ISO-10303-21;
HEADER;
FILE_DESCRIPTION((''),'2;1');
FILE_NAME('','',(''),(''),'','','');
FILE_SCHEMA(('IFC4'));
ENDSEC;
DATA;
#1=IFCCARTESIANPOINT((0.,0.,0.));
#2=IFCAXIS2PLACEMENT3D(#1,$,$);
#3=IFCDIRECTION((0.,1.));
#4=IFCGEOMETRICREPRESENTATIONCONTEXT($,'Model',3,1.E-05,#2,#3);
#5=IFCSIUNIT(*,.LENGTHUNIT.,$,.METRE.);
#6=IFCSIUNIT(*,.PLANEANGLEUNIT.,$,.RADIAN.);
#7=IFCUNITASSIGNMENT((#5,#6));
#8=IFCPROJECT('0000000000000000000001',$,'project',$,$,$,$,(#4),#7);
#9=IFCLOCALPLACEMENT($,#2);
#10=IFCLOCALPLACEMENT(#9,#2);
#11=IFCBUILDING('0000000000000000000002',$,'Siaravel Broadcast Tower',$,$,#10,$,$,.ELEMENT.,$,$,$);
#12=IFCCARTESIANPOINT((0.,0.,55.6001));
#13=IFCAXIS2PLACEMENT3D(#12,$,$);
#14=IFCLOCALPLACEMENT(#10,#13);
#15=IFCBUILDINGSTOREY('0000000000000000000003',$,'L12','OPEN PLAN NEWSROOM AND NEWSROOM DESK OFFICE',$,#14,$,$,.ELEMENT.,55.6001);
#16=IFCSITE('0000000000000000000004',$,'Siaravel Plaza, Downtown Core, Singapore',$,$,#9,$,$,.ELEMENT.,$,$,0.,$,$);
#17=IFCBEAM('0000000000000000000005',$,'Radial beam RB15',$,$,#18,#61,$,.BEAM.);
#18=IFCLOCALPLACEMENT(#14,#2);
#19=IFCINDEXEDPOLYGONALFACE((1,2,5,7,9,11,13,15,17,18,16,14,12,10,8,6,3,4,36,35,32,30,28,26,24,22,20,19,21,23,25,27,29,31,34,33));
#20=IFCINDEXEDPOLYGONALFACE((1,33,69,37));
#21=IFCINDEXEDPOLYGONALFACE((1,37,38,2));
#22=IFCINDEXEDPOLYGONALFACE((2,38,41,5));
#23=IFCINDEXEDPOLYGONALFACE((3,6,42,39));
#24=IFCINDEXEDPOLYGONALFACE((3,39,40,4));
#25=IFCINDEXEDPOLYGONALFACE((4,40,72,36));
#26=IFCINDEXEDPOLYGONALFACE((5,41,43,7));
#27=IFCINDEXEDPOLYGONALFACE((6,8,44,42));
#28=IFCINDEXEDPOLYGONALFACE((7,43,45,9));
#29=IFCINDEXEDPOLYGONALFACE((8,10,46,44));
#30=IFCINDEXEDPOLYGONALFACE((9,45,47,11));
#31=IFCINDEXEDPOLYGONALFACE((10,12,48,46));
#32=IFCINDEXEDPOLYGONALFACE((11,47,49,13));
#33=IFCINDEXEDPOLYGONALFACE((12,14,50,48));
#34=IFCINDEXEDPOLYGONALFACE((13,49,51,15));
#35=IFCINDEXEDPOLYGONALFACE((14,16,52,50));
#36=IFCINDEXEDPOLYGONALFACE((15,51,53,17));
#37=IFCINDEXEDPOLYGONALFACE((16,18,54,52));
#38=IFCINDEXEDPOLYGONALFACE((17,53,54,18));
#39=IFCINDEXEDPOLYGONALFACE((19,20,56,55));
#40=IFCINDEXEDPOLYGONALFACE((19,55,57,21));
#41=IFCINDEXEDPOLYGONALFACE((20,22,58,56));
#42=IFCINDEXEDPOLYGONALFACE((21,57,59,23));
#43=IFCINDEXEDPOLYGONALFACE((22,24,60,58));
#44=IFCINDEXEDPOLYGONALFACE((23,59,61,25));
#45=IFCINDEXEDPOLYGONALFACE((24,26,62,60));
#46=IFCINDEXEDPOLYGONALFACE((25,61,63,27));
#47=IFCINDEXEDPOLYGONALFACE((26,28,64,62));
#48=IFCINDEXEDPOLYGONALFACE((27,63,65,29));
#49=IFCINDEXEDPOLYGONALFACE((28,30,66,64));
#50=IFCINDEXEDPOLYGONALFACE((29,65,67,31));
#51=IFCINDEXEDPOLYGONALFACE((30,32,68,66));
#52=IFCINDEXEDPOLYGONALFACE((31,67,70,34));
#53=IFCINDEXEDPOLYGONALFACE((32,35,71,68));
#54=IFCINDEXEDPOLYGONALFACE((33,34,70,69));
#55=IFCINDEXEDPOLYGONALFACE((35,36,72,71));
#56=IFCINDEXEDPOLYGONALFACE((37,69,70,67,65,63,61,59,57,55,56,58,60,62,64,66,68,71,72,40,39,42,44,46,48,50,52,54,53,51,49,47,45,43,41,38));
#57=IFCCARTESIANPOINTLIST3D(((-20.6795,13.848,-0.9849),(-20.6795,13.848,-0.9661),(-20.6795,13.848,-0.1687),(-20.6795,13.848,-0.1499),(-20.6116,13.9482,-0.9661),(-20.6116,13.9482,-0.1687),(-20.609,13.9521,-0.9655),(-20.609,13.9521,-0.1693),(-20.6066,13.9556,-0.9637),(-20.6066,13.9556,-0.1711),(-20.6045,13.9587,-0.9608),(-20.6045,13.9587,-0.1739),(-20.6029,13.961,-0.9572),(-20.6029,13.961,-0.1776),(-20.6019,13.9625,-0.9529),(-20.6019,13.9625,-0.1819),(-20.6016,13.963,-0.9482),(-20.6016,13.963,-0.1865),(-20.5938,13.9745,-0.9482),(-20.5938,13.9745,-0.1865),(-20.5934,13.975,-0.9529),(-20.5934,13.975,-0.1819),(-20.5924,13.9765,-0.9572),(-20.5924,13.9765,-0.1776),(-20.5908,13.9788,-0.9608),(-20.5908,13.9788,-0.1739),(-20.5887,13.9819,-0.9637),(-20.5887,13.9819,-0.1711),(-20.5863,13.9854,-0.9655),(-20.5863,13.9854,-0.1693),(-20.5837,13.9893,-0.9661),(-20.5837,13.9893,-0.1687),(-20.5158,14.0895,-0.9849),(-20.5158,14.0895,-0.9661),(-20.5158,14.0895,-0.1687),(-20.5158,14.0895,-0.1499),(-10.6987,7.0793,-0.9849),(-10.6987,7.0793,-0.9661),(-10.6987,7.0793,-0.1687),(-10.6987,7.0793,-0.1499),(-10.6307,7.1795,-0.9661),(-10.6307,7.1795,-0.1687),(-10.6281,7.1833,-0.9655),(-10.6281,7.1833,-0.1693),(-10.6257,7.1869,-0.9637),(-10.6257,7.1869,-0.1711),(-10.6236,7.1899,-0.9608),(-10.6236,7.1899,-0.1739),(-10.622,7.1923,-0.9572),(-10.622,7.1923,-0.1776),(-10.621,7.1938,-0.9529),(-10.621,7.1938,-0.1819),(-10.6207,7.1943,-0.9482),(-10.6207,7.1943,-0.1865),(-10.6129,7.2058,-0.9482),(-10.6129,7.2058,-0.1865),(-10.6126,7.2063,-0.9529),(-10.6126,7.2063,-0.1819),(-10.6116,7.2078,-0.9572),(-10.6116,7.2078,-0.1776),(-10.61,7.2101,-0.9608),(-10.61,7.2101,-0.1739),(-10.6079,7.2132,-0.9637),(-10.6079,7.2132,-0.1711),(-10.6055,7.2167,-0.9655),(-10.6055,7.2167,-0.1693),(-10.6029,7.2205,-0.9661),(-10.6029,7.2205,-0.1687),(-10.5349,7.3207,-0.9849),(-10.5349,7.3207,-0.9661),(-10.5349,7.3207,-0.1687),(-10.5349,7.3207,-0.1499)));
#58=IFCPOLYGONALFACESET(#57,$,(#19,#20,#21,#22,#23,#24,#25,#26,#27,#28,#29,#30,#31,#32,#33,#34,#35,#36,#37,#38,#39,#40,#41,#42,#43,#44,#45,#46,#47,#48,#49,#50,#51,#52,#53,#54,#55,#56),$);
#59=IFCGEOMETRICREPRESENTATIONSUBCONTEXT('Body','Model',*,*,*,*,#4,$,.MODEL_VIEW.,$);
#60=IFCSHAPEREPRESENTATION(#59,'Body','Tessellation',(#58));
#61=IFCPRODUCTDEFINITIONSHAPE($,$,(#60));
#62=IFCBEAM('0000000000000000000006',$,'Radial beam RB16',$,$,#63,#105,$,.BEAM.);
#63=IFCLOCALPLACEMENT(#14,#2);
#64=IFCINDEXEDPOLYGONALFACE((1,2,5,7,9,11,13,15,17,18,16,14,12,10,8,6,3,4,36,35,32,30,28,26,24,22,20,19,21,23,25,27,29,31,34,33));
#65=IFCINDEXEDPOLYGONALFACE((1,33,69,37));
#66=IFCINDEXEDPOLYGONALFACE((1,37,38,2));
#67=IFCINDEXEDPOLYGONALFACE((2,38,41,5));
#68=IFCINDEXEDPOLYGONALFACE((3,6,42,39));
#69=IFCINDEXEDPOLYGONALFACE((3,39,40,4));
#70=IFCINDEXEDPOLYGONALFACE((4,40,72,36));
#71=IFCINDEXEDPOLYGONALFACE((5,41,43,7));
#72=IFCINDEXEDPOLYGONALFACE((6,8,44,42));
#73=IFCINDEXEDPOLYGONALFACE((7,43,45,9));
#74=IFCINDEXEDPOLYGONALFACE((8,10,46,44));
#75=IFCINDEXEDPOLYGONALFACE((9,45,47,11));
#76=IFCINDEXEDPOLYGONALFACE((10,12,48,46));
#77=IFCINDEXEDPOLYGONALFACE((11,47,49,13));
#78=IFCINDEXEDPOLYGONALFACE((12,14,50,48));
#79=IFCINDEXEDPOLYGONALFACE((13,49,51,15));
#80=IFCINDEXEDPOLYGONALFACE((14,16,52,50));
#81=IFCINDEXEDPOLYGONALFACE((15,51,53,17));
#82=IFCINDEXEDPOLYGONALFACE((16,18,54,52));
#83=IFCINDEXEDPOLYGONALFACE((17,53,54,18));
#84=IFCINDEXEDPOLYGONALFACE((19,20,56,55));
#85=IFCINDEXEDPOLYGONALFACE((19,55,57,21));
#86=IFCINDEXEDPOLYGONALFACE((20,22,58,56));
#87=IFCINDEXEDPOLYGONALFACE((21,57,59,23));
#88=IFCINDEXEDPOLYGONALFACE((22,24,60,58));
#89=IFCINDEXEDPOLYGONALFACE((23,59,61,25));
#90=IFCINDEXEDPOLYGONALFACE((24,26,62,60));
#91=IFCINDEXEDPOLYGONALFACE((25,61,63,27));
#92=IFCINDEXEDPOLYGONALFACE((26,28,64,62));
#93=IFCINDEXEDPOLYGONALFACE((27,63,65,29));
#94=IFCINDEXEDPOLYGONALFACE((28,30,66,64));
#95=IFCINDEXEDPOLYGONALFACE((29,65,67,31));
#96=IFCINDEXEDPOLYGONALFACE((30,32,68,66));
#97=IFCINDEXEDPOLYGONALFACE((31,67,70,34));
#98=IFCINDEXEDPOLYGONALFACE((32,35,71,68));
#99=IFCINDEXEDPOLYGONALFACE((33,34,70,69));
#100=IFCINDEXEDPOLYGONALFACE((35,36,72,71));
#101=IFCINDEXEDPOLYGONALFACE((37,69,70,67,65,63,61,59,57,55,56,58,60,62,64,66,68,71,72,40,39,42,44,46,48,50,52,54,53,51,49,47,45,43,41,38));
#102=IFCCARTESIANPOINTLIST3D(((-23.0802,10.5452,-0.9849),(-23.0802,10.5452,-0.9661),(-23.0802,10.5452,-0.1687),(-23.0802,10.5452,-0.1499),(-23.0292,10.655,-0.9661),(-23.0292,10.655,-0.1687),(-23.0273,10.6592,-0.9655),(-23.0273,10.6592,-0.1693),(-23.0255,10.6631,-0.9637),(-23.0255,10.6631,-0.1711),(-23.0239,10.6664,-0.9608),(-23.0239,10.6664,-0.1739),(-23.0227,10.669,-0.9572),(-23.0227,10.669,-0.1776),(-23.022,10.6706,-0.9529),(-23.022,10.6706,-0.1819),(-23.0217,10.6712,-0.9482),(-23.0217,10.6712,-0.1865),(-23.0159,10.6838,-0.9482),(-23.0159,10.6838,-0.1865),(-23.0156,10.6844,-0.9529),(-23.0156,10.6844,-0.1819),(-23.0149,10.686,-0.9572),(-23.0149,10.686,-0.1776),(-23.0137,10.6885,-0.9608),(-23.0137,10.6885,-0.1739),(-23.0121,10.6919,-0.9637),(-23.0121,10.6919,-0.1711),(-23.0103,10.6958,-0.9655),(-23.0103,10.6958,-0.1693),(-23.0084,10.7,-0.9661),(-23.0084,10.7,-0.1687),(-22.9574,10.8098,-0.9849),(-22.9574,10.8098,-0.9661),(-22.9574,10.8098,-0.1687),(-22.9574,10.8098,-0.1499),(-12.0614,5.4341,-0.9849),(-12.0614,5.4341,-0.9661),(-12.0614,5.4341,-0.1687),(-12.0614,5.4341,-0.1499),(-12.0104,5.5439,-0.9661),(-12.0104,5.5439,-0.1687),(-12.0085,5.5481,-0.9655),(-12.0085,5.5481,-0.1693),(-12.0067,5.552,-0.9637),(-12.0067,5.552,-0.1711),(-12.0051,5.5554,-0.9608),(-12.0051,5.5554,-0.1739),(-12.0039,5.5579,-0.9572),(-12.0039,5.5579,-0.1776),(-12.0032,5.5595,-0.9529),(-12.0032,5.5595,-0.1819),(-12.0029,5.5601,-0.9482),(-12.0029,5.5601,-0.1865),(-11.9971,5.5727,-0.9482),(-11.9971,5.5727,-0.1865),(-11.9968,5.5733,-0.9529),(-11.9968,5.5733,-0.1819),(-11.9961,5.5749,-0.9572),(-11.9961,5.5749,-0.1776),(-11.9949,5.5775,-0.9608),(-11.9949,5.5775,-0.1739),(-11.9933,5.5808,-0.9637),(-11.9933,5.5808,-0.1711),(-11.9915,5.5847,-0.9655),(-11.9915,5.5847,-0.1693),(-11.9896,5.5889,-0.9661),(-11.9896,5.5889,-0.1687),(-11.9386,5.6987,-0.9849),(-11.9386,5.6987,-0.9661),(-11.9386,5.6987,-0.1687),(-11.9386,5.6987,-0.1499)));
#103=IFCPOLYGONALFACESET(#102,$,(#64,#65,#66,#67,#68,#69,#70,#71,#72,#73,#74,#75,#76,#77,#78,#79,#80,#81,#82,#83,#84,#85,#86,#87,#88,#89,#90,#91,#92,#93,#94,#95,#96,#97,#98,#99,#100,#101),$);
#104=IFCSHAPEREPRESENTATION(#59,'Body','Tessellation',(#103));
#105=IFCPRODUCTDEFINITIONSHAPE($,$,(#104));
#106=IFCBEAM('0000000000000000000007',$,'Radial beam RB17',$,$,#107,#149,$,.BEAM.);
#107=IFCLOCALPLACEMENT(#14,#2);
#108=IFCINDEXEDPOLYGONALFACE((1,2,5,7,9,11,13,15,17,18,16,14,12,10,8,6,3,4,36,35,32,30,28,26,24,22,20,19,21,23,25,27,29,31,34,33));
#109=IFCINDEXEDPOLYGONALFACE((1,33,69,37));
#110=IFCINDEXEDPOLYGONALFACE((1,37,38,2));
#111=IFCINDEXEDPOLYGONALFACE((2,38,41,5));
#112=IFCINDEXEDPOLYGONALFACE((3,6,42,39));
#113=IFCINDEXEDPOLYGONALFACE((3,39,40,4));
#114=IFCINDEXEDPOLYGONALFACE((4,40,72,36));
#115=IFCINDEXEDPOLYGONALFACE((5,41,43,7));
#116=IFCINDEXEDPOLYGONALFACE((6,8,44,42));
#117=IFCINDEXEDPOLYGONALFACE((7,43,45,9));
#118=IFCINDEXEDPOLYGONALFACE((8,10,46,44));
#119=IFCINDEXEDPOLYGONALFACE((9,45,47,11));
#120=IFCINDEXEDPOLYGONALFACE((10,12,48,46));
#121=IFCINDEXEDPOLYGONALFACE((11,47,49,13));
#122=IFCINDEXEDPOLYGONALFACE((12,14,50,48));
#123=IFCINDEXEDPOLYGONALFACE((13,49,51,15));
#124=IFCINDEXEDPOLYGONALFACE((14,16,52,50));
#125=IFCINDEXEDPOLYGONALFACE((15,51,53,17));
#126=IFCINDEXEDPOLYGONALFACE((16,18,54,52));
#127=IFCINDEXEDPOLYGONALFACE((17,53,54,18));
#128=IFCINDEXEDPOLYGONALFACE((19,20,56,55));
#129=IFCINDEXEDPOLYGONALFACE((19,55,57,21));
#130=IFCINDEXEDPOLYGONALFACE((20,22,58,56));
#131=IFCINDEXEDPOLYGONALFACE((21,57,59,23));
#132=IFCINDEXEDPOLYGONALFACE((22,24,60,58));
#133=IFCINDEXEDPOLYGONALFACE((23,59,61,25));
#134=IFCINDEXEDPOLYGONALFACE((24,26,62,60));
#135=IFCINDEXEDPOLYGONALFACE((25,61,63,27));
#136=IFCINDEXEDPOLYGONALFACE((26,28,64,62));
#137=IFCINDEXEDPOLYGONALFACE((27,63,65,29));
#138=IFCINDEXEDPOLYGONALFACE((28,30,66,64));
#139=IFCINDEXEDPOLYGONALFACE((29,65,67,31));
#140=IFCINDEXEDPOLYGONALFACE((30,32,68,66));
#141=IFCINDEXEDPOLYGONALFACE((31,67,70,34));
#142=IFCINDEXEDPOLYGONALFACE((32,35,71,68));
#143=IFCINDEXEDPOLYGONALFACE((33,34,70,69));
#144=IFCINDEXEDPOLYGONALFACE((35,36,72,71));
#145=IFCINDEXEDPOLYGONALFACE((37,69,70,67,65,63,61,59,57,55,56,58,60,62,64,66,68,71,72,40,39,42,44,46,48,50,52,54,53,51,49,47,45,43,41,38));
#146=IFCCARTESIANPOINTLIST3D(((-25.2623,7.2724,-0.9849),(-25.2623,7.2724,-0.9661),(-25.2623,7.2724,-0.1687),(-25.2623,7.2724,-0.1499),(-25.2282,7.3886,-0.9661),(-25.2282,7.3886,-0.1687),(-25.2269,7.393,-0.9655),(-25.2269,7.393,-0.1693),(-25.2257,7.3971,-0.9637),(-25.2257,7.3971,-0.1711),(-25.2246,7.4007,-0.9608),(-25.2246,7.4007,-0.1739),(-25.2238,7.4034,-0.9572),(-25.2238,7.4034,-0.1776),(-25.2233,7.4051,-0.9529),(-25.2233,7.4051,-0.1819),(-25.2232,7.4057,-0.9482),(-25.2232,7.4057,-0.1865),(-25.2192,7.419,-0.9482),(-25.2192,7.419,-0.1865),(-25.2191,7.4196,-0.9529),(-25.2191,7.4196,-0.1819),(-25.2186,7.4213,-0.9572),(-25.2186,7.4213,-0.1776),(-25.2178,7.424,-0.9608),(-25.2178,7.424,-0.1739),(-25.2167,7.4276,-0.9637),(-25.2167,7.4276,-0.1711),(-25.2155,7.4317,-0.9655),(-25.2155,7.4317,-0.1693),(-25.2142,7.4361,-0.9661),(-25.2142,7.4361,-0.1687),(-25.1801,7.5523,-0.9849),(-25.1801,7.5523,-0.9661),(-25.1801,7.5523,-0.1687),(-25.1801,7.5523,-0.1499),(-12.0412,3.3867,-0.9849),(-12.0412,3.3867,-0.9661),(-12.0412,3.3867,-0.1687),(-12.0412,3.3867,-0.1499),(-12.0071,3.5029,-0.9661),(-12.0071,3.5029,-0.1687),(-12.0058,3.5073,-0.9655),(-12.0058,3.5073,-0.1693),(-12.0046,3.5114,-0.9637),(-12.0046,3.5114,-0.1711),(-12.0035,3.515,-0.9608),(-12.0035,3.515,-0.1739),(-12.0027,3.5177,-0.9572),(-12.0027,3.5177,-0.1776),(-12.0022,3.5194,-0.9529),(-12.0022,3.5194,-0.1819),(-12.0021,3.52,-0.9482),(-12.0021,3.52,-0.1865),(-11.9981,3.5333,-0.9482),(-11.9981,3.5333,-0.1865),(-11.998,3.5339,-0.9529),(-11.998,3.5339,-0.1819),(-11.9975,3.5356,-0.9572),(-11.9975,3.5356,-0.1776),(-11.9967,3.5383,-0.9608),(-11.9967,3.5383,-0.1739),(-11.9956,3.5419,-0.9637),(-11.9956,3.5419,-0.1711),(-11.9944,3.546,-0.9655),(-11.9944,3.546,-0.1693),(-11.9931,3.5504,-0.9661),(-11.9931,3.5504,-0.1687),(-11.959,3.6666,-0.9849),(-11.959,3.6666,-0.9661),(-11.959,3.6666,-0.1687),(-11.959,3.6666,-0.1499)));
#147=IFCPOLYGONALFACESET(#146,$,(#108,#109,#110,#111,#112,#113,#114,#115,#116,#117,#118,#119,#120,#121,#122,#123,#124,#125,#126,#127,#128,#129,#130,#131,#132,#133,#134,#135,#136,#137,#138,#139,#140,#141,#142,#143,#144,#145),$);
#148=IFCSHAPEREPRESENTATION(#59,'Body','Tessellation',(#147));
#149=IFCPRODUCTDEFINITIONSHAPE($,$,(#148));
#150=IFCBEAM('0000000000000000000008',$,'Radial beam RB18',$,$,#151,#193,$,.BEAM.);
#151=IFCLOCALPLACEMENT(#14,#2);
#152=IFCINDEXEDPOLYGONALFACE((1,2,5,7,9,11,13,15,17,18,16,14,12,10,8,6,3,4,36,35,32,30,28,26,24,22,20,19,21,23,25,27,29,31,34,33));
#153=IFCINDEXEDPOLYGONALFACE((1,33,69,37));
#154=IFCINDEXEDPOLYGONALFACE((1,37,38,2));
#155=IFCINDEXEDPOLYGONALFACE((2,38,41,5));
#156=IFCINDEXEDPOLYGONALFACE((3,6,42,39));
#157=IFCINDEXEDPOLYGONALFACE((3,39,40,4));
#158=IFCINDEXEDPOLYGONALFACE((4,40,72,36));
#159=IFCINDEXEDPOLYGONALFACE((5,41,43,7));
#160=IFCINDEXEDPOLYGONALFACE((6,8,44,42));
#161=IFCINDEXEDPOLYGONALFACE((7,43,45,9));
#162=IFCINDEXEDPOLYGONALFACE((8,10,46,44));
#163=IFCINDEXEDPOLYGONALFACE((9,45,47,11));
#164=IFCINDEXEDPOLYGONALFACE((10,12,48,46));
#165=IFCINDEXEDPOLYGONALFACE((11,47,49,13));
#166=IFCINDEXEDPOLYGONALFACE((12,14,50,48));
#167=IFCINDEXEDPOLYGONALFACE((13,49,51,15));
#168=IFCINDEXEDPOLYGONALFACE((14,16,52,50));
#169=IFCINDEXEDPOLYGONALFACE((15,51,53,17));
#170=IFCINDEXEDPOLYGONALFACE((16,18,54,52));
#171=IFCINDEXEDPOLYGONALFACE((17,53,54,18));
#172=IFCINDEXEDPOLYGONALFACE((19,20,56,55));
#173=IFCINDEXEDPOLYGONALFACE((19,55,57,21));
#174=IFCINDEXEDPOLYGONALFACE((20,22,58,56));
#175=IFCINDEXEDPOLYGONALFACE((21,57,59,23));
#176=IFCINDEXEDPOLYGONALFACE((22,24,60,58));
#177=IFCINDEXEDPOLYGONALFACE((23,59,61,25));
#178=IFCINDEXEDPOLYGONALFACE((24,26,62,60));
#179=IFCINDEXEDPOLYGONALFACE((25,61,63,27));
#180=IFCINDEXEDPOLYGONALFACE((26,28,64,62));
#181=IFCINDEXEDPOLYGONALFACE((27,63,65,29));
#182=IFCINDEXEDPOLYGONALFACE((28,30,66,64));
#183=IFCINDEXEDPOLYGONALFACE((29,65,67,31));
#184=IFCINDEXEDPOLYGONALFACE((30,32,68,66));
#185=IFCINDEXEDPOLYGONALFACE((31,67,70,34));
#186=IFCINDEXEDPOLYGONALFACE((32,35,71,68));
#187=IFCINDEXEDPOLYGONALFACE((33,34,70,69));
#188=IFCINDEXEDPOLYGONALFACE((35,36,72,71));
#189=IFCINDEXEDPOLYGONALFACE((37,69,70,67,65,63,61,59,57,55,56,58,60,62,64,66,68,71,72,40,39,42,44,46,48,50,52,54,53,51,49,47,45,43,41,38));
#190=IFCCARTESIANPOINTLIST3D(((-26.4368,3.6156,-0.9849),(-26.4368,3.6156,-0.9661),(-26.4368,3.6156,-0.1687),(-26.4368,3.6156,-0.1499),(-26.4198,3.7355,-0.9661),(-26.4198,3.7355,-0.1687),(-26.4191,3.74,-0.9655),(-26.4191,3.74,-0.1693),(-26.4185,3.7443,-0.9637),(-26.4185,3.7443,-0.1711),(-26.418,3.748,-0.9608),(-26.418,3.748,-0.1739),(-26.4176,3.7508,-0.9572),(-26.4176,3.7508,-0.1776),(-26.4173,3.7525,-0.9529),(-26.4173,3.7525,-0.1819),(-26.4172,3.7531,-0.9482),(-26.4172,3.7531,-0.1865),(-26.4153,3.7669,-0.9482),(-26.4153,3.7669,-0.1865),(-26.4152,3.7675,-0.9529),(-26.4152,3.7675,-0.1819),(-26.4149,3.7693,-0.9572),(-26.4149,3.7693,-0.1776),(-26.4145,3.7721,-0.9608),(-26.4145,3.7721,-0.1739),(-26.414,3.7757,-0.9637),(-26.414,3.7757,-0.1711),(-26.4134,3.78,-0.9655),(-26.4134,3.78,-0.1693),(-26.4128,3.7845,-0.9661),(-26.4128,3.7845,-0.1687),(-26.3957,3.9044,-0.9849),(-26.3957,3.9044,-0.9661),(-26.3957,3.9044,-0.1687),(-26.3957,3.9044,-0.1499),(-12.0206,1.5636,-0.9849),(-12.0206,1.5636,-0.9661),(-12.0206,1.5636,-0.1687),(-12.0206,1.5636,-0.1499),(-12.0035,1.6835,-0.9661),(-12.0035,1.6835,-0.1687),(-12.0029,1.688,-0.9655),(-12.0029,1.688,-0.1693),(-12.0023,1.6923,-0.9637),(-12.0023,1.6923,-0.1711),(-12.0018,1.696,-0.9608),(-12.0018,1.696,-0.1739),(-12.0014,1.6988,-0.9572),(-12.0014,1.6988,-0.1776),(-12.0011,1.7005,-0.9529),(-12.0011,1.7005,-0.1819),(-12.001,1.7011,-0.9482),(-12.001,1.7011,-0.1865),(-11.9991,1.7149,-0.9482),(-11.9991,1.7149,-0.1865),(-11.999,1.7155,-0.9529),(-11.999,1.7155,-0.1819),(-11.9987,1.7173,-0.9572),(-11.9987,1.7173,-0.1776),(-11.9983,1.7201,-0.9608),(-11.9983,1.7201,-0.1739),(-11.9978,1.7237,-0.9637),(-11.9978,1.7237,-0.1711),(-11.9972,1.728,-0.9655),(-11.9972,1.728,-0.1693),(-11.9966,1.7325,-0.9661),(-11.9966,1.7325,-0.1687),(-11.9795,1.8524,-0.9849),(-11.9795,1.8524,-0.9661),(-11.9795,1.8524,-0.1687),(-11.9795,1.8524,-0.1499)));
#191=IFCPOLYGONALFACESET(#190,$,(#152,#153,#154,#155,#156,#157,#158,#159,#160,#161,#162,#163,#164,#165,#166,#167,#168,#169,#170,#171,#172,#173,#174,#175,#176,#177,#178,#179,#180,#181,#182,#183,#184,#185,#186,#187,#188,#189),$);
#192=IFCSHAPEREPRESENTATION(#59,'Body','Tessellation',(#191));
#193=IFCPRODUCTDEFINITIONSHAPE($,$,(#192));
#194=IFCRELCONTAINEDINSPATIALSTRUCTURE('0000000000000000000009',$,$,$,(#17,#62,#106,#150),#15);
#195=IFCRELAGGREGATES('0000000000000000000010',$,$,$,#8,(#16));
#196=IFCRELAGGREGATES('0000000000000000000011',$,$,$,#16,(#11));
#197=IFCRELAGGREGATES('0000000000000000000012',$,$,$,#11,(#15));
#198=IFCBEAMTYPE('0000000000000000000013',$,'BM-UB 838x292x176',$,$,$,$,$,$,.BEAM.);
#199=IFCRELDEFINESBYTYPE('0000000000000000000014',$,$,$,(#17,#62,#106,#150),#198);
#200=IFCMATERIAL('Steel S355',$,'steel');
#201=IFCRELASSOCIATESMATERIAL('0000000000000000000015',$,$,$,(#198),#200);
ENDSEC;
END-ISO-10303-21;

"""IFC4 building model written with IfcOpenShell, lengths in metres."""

from ifc_helpers import new_model, si_unit, direction, frame, origin, origin_2d, place, context, subcontext, project, spatial, i_section, extrude, material, material_profile, profile_set, type_object, element, save


model = new_model("IFC4")

# Units and contexts
model_context = context("Model", 3, precision=1e-05, world=origin(), true_north=direction((0.0, 1.0)))
body_context = subcontext(model_context, "Body", "Model", "MODEL_VIEW")
ifc_project = project(units=[si_unit("LENGTHUNIT", "METRE"), si_unit("PLANEANGLEUNIT", "RADIAN")], contexts=[model_context])

# Site, building, storey
site_placement = place(None, origin())
site = spatial("IfcSite", under=ifc_project, at=site_placement, Name="Siaravel Plaza, Downtown Core, Singapore", CompositionType="ELEMENT", RefElevation=0.0)
building_placement = place(site_placement, origin())
building = spatial("IfcBuilding", under=site, at=building_placement, Name="Siaravel Broadcast Tower", CompositionType="ELEMENT")
storey_placement = place(building_placement, frame((0.0, 0.0, 55.6001)))
storey = spatial("IfcBuildingStorey", under=building, at=storey_placement, Name="L12", Description="OPEN PLAN NEWSROOM AND NEWSROOM DESK OFFICE", CompositionType="ELEMENT", Elevation=55.6001)

# Beams
ifc_material_1 = material(Name="Steel S355", Category="steel")
ifc_material_profile_1 = material_profile(ifc_material_1, i_section(OverallWidth=0.2917, OverallDepth=0.835, WebThickness=0.0139, FlangeThickness=0.0188, FilletRadius=0.0178, at=origin_2d()))
ifc_profile_set_1 = profile_set([ifc_material_profile_1], Name="Steel S355")
beam_type = type_object("IfcBeamType", Name="BM-UB 838x292x176", PredefinedType="BEAM", material=ifc_profile_set_1)
beam_1_placement = place(storey_placement, frame((-20.5977, 13.9688, -0.5674), z_axis=(0.82763, -0.561275, 0.0), x_axis=(0.561275, 0.82763, 0.0)))
element("IfcBeam", 1, at=beam_1_placement, inside=storey, type_object=beam_type, Name="Radial beam RB15", PredefinedType="BEAM", context=body_context, shape_type="SweptSolid", body=[
    extrude(i_section(OverallWidth=0.2917, OverallDepth=0.835, WebThickness=0.0139, FlangeThickness=0.0188, FilletRadius=0.0178, at=origin_2d()), origin(), (0.0, 0.0, 1.0), 12.0596),
])
beam_2_placement = place(storey_placement, frame((-23.0188, 10.6775, -0.5674), z_axis=(0.907159, -0.420787, 0.0), x_axis=(0.420787, 0.907159, 0.0)))
element("IfcBeam", 2, at=beam_2_placement, inside=storey, type_object=beam_type, Name="Radial beam RB16", PredefinedType="BEAM", context=body_context, shape_type="SweptSolid", body=[
    extrude(i_section(OverallWidth=0.2917, OverallDepth=0.835, WebThickness=0.0139, FlangeThickness=0.0188, FilletRadius=0.0178, at=origin_2d()), origin(), (0.0, 0.0, 1.0), 12.1465),
])
beam_3_placement = place(storey_placement, frame((-25.2212, 7.4124, -0.5674), z_axis=(0.959421, -0.281976, 0.0), x_axis=(0.281976, 0.959421, 0.0)))
element("IfcBeam", 3, at=beam_3_placement, inside=storey, type_object=beam_type, Name="Radial beam RB17", PredefinedType="BEAM", context=body_context, shape_type="SweptSolid", body=[
    extrude(i_section(OverallWidth=0.2917, OverallDepth=0.835, WebThickness=0.0139, FlangeThickness=0.0188, FilletRadius=0.0178, at=origin_2d()), origin(), (0.0, 0.0, 1.0), 13.7803),
])
beam_4_placement = place(storey_placement, frame((-26.4163, 3.76, -0.5674), z_axis=(0.990021, -0.140919, 0.0), x_axis=(0.140919, 0.990021, 0.0)))
element("IfcBeam", 4, at=beam_4_placement, inside=storey, type_object=beam_type, Name="Radial beam RB18", PredefinedType="BEAM", context=body_context, shape_type="SweptSolid", body=[
    extrude(i_section(OverallWidth=0.2917, OverallDepth=0.835, WebThickness=0.0139, FlangeThickness=0.0188, FilletRadius=0.0178, at=origin_2d()), origin(), (0.0, 0.0, 1.0), 14.5615),
])

save(model, "model.ifc")
